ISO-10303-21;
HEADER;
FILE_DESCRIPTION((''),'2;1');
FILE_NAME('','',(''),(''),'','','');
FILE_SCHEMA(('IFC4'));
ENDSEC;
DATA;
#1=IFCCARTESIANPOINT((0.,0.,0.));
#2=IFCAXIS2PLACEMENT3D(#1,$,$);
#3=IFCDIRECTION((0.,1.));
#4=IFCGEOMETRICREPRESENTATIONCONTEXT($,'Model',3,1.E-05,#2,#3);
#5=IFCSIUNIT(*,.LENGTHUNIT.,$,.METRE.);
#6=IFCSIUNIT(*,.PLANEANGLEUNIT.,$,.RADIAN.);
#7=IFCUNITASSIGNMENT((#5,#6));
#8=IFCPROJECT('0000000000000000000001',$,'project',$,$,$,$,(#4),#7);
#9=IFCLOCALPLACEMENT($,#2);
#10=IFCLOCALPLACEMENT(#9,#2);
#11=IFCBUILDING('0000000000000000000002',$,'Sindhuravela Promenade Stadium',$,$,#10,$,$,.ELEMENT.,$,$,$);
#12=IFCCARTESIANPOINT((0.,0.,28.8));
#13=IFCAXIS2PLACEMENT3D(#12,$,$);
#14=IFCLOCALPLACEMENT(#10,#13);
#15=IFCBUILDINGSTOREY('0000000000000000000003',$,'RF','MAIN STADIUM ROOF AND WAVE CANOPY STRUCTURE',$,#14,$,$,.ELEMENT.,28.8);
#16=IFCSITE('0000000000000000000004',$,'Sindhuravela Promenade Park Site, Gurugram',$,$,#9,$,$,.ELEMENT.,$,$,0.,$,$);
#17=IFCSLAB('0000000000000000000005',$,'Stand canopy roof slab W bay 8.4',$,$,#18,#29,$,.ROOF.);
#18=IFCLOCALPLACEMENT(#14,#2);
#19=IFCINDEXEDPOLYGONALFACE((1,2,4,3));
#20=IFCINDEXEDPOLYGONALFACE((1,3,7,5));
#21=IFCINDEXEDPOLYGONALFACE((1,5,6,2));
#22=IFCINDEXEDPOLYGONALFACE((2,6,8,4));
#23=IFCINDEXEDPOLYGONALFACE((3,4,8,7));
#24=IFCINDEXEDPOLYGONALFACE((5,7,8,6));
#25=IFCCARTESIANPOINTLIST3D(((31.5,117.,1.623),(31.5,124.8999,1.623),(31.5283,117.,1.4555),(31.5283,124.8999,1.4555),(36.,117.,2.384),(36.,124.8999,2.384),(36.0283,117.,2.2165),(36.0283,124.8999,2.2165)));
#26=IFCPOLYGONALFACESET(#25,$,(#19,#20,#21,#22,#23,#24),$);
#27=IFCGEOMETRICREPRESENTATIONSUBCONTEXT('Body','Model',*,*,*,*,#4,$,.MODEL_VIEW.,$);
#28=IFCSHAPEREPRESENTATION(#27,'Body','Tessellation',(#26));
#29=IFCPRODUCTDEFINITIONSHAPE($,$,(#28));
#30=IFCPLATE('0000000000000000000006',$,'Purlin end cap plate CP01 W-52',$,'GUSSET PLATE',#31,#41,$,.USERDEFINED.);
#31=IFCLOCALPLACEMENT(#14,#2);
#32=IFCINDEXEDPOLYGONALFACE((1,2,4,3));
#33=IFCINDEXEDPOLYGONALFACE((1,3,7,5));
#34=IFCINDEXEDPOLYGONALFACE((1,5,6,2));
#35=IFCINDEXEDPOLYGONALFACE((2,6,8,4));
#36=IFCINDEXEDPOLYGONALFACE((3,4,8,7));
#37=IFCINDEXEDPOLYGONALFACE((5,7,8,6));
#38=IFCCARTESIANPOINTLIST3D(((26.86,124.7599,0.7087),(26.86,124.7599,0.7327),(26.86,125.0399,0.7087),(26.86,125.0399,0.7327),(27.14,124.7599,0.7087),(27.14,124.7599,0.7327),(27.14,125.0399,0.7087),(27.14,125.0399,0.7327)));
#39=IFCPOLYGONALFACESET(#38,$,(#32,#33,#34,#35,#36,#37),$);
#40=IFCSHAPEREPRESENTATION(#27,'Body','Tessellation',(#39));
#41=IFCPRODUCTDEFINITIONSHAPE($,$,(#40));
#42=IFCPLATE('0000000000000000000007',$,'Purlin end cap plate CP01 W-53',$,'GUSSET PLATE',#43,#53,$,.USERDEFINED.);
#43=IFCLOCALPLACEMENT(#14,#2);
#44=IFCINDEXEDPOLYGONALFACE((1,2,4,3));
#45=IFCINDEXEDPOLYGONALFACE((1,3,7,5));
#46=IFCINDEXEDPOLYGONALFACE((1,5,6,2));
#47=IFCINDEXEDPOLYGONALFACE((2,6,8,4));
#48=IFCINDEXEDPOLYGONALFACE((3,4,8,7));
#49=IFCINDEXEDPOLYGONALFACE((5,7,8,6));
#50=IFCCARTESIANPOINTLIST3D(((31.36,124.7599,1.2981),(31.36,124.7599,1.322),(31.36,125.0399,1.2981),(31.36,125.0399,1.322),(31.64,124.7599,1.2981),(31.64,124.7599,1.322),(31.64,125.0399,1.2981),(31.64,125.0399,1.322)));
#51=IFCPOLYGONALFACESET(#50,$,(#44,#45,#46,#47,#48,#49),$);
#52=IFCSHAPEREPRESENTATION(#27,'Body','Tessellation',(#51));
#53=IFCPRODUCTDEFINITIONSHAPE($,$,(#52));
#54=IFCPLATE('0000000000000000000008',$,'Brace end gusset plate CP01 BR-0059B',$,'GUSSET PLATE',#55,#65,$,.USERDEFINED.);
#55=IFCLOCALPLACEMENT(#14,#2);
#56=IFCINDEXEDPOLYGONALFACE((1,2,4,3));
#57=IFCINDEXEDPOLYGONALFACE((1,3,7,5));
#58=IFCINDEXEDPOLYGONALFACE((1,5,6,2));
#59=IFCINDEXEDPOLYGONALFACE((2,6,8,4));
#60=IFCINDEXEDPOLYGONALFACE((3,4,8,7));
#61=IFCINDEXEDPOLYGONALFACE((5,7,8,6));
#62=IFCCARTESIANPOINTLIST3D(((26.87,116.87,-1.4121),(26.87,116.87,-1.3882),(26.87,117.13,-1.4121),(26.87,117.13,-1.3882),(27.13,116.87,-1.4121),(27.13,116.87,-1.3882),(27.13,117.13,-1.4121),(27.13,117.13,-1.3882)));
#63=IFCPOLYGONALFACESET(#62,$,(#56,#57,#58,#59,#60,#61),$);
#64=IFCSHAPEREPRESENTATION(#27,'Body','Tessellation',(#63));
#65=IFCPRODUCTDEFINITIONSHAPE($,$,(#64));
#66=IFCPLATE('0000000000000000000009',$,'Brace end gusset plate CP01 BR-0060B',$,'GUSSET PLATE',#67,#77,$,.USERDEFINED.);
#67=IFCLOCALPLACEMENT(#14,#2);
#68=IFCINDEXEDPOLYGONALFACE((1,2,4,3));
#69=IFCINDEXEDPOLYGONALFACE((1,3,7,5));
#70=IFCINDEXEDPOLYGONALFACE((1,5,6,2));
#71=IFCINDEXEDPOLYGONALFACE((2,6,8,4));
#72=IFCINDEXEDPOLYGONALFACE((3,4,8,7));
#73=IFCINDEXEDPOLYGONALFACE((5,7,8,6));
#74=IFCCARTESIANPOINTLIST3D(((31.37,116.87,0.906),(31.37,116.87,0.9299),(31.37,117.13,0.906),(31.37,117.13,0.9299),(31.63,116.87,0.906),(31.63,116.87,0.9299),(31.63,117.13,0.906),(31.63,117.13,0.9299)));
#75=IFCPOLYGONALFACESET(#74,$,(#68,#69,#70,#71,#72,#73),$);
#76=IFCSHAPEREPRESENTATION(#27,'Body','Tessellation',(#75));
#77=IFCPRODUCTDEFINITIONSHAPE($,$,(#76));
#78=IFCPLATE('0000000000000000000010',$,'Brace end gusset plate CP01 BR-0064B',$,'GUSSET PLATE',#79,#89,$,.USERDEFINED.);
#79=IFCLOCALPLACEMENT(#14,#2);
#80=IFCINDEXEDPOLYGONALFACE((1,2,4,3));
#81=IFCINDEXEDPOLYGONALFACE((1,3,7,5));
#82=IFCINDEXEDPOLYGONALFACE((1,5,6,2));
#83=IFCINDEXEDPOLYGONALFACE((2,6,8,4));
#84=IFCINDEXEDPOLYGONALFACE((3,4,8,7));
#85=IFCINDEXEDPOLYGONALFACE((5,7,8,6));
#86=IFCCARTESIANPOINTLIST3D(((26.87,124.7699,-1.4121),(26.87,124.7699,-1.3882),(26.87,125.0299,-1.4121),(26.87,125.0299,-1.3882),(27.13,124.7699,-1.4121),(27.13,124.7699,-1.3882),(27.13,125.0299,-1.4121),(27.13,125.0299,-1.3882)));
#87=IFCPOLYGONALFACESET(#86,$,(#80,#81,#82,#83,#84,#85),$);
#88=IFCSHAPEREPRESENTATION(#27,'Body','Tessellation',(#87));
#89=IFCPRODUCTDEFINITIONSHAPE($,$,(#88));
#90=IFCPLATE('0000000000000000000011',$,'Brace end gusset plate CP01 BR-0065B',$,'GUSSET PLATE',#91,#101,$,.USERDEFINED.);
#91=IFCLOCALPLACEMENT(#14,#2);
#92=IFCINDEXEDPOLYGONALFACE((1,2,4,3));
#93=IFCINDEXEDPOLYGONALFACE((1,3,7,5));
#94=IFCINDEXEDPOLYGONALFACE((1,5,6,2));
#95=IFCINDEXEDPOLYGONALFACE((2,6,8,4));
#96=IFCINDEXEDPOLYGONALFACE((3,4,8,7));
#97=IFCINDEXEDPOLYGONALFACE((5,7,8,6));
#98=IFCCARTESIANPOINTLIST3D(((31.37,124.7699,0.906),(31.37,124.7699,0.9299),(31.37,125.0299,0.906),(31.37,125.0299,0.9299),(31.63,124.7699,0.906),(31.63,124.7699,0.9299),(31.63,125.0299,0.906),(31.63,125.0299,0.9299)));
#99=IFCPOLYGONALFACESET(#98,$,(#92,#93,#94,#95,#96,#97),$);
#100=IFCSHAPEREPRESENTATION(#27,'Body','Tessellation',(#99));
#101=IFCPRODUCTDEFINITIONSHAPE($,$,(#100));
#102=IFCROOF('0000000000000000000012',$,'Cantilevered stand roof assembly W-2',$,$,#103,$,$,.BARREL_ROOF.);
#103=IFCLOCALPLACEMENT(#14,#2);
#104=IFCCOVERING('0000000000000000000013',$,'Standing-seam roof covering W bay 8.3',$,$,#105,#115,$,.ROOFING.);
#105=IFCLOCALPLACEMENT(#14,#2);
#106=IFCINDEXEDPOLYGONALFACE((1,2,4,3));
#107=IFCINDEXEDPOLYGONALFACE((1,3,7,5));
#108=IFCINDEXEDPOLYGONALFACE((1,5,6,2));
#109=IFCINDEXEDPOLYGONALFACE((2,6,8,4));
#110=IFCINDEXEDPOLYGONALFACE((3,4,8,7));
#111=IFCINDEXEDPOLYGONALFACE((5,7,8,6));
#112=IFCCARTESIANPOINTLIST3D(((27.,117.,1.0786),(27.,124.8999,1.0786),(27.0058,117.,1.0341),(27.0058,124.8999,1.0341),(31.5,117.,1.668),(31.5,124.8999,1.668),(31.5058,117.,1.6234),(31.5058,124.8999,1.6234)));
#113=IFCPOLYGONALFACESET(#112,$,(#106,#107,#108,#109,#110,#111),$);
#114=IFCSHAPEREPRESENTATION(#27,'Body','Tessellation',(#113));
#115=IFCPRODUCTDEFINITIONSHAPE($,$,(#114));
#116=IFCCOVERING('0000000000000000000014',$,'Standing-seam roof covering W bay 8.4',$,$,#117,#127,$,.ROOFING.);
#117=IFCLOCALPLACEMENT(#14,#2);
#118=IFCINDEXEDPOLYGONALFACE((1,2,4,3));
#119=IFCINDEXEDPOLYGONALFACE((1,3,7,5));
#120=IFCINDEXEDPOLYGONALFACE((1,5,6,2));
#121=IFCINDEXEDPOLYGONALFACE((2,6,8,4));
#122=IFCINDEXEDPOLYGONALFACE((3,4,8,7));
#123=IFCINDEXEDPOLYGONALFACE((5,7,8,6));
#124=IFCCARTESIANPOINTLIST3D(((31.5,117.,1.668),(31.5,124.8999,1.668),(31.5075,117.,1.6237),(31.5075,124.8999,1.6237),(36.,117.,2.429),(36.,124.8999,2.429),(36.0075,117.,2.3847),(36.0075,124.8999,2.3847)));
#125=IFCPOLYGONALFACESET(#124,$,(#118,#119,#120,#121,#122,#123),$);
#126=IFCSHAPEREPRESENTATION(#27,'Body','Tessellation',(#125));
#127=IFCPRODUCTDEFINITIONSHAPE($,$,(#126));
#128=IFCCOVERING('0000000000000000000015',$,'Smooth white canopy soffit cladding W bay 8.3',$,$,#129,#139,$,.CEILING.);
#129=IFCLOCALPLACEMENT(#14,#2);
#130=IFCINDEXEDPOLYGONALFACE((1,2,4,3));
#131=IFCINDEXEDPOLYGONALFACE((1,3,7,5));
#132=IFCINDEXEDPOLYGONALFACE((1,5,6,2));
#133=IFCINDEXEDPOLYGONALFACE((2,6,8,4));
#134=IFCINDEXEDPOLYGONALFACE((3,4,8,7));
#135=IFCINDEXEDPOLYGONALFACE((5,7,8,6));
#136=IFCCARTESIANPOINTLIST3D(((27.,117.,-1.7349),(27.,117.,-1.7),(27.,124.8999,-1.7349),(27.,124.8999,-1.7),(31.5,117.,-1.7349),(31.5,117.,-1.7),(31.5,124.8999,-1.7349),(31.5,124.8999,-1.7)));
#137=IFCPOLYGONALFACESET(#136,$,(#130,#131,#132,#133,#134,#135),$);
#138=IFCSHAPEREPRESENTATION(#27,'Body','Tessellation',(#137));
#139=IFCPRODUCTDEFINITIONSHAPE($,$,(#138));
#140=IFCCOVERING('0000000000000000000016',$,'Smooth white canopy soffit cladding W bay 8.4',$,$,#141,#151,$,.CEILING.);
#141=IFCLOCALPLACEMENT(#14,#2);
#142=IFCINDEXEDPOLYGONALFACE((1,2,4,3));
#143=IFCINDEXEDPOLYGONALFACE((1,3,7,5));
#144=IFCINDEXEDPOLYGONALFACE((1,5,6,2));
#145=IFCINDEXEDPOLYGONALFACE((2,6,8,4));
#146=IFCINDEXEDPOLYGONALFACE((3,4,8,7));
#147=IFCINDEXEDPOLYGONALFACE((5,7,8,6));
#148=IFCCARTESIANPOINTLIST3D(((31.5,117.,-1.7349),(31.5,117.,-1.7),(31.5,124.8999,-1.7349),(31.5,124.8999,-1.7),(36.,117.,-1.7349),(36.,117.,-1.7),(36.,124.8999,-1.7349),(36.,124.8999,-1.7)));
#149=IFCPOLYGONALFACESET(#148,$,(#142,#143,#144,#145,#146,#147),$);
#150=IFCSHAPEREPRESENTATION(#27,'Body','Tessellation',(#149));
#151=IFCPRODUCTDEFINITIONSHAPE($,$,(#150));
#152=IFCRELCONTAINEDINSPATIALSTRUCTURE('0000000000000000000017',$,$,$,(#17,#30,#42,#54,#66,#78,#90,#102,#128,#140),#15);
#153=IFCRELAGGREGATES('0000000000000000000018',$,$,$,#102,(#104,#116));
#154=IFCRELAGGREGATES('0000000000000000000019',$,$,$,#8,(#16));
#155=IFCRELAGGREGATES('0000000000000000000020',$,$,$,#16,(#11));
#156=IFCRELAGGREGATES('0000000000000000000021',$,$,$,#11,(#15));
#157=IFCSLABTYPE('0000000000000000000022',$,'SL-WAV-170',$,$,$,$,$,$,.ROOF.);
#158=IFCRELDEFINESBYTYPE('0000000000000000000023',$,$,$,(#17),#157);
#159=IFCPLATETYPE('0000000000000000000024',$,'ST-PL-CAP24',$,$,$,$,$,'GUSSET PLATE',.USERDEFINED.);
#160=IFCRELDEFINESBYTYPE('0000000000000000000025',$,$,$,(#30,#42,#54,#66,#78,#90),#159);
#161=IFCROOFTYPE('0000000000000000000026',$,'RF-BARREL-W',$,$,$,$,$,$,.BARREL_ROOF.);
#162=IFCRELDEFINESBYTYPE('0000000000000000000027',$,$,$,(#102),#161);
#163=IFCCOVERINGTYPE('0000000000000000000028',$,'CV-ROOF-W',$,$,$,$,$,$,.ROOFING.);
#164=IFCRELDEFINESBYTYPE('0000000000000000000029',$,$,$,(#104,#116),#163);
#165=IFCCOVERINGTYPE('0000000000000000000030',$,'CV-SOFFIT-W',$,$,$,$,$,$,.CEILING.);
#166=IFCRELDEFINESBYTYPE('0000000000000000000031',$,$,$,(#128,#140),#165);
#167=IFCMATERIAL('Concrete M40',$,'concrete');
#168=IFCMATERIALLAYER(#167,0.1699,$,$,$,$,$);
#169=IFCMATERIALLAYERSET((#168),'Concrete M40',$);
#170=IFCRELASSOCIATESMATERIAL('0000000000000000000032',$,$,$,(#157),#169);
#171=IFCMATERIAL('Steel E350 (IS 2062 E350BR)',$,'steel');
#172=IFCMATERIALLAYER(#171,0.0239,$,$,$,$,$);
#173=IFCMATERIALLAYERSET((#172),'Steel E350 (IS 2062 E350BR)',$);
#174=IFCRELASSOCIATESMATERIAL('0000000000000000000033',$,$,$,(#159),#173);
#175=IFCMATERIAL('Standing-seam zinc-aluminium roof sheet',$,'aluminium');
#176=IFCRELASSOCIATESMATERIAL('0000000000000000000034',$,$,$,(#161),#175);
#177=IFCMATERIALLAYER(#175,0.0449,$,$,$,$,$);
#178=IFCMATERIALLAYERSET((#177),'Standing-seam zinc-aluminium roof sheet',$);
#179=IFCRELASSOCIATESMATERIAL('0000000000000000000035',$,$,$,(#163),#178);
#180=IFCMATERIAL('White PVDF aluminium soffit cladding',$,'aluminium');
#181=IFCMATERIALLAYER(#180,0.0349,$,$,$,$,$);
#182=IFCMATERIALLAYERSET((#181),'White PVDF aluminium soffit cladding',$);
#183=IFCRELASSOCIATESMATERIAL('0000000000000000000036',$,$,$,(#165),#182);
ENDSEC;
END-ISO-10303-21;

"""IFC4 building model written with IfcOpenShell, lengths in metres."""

from ifc_helpers import new_model, si_unit, direction, frame, origin, origin_2d, place, context, subcontext, project, spatial, polyline, rectangle, outline, extrude, material, layer, layer_set, type_object, element, aggregate, save


model = new_model("IFC4")

# Units and contexts
model_context = context("Model", 3, precision=1e-05, world=origin(), true_north=direction((0.0, 1.0)))
body_context = subcontext(model_context, "Body", "Model", "MODEL_VIEW")
ifc_project = project(units=[si_unit("LENGTHUNIT", "METRE"), si_unit("PLANEANGLEUNIT", "RADIAN")], contexts=[model_context])

# Site, building, storey
site_placement = place(None, origin())
site = spatial("IfcSite", under=ifc_project, at=site_placement, Name="Sindhuravela Promenade Park Site, Gurugram", CompositionType="ELEMENT", RefElevation=0.0)
building_placement = place(site_placement, origin())
building = spatial("IfcBuilding", under=site, at=building_placement, Name="Sindhuravela Promenade Stadium", CompositionType="ELEMENT")
storey_placement = place(building_placement, frame((0.0, 0.0, 28.8)))
storey = spatial("IfcBuildingStorey", under=building, at=storey_placement, Name="RF", Description="MAIN STADIUM ROOF AND WAVE CANOPY STRUCTURE", CompositionType="ELEMENT", Elevation=28.8)

# Shared definitions
ifc_material_1 = material(Name="Steel E350 (IS 2062 E350BR)", Category="steel")

# Slab
ifc_material_2 = material(Name="Concrete M40", Category="concrete")
ifc_layer_1 = layer(ifc_material_2, 0.1699)
ifc_layer_set_1 = layer_set([ifc_layer_1], Name="Concrete M40")
slab_type = type_object("IfcSlabType", Name="SL-WAV-170", PredefinedType="ROOF", material=ifc_layer_set_1)
slab_1_placement = place(storey_placement, frame((31.5, 117.0, 1.623), z_axis=(-0.166741, 0.0, 0.986001), x_axis=(0.0, 1.0, 0.0)))
element("IfcSlab", 1, at=slab_1_placement, inside=storey, type_object=slab_type, Name="Stand canopy roof slab W bay 8.4", PredefinedType="ROOF", context=body_context, shape_type="SweptSolid", body=[
    extrude(outline(polyline([(0.0, 0.0), (0.0, -4.5639), (7.8999, -4.5639), (7.8999, 0.0), (0.0, 0.0)])), origin(), (0.0, 0.0, -1.0), 0.1699),
])

# Plates
ifc_layer_2 = layer(ifc_material_1, 0.0239)
ifc_layer_set_2 = layer_set([ifc_layer_2], Name="Steel E350 (IS 2062 E350BR)")
plate_type = type_object("IfcPlateType", Name="ST-PL-CAP24", ElementType="GUSSET PLATE", PredefinedType="USERDEFINED", material=ifc_layer_set_2)
for number, where, z_axis, x_axis, name in (
    (2, (27.0, 124.8999, 0.7087), (0.0, 0.0, 1.0), (1.0, 0.0, 0.0), "Purlin end cap plate CP01 W-52"),
    (3, (31.5, 124.8999, 1.2981), (0.0, 0.0, 1.0), (1.0, 0.0, 0.0), "Purlin end cap plate CP01 W-53"),
):
    element("IfcPlate", number, at=place(storey_placement, frame(where, z_axis=z_axis, x_axis=x_axis)), inside=storey, type_object=plate_type, Name=name, ObjectType="GUSSET PLATE", PredefinedType="USERDEFINED", context=body_context, shape_type="SweptSolid", body=[
        extrude(rectangle(XDim=0.28, YDim=0.28, at=origin_2d()), origin(), (0.0, 0.0, 1.0), 0.0239),
    ])
for number, where, z_axis, x_axis, name in (
    (4, (27.0, 117.0, -1.4121), (0.0, 0.0, 1.0), (1.0, 0.0, 0.0), "Brace end gusset plate CP01 BR-0059B"),
    (5, (31.5, 117.0, 0.906), (0.0, 0.0, 1.0), (1.0, 0.0, 0.0), "Brace end gusset plate CP01 BR-0060B"),
    (6, (27.0, 124.8999, -1.4121), (0.0, 0.0, 1.0), (1.0, 0.0, 0.0), "Brace end gusset plate CP01 BR-0064B"),
    (7, (31.5, 124.8999, 0.906), (0.0, 0.0, 1.0), (1.0, 0.0, 0.0), "Brace end gusset plate CP01 BR-0065B"),
):
    element("IfcPlate", number, at=place(storey_placement, frame(where, z_axis=z_axis, x_axis=x_axis)), inside=storey, type_object=plate_type, Name=name, ObjectType="GUSSET PLATE", PredefinedType="USERDEFINED", context=body_context, shape_type="SweptSolid", body=[
        extrude(rectangle(XDim=0.26, YDim=0.26, at=origin_2d()), origin(), (0.0, 0.0, 1.0), 0.0239),
    ])

# Roof, coverings
ifc_material_3 = material(Name="Standing-seam zinc-aluminium roof sheet", Category="aluminium")
roof_type = type_object("IfcRoofType", Name="RF-BARREL-W", PredefinedType="BARREL_ROOF", material=ifc_material_3)
roof_placement = place(storey_placement, origin())
roof = element("IfcRoof", 8, at=roof_placement, inside=storey, type_object=roof_type, Name="Cantilevered stand roof assembly W-2", PredefinedType="BARREL_ROOF")
ifc_layer_3 = layer(ifc_material_3, 0.0449)
ifc_layer_set_3 = layer_set([ifc_layer_3], Name="Standing-seam zinc-aluminium roof sheet")
covering_type_1 = type_object("IfcCoveringType", Name="CV-ROOF-W", PredefinedType="ROOFING", material=ifc_layer_set_3)
covering_1_placement = place(storey_placement, frame((27.0, 117.0, 1.0786), z_axis=(-0.129859, 0.0, 0.991532), x_axis=(0.0, 1.0, 0.0)))
covering_1 = element("IfcCovering", 9, at=covering_1_placement, type_object=covering_type_1, Name="Standing-seam roof covering W bay 8.3", PredefinedType="ROOFING", context=body_context, shape_type="SweptSolid", body=[
    extrude(outline(polyline([(0.0, 0.0), (0.0, -4.5384), (7.8999, -4.5384), (7.8999, 0.0), (0.0, 0.0)])), origin(), (0.0, 0.0, -1.0), 0.0449),
])
covering_2_placement = place(storey_placement, frame((31.5, 117.0, 1.668), z_axis=(-0.166741, 0.0, 0.986001), x_axis=(0.0, 1.0, 0.0)))
covering_2 = element("IfcCovering", 10, at=covering_2_placement, type_object=covering_type_1, Name="Standing-seam roof covering W bay 8.4", PredefinedType="ROOFING", context=body_context, shape_type="SweptSolid", body=[
    extrude(outline(polyline([(0.0, 0.0), (0.0, -4.5639), (7.8999, -4.5639), (7.8999, 0.0), (0.0, 0.0)])), origin(), (0.0, 0.0, -1.0), 0.0449),
])
aggregate(roof, [covering_1, covering_2])

# Coverings
ifc_material_4 = material(Name="White PVDF aluminium soffit cladding", Category="aluminium")
ifc_layer_4 = layer(ifc_material_4, 0.0349)
ifc_layer_set_4 = layer_set([ifc_layer_4], Name="White PVDF aluminium soffit cladding")
covering_type_2 = type_object("IfcCoveringType", Name="CV-SOFFIT-W", PredefinedType="CEILING", material=ifc_layer_set_4)
for number, where, z_axis, x_axis, name in (
    (11, (27.0, 117.0, -1.7), (0.0, 0.0, 1.0), (0.0, 1.0, 0.0), "Smooth white canopy soffit cladding W bay 8.3"),
    (12, (31.5, 117.0, -1.7), (0.0, 0.0, 1.0), (0.0, 1.0, 0.0), "Smooth white canopy soffit cladding W bay 8.4"),
):
    element("IfcCovering", number, at=place(storey_placement, frame(where, z_axis=z_axis, x_axis=x_axis)), inside=storey, type_object=covering_type_2, Name=name, PredefinedType="CEILING", context=body_context, shape_type="SweptSolid", body=[
        extrude(outline(polyline([(0.0, 0.0), (0.0, -4.5), (7.8999, -4.5), (7.8999, 0.0), (0.0, 0.0)])), origin(), (0.0, 0.0, -1.0), 0.0349),
    ])

save(model, "model.ifc")
